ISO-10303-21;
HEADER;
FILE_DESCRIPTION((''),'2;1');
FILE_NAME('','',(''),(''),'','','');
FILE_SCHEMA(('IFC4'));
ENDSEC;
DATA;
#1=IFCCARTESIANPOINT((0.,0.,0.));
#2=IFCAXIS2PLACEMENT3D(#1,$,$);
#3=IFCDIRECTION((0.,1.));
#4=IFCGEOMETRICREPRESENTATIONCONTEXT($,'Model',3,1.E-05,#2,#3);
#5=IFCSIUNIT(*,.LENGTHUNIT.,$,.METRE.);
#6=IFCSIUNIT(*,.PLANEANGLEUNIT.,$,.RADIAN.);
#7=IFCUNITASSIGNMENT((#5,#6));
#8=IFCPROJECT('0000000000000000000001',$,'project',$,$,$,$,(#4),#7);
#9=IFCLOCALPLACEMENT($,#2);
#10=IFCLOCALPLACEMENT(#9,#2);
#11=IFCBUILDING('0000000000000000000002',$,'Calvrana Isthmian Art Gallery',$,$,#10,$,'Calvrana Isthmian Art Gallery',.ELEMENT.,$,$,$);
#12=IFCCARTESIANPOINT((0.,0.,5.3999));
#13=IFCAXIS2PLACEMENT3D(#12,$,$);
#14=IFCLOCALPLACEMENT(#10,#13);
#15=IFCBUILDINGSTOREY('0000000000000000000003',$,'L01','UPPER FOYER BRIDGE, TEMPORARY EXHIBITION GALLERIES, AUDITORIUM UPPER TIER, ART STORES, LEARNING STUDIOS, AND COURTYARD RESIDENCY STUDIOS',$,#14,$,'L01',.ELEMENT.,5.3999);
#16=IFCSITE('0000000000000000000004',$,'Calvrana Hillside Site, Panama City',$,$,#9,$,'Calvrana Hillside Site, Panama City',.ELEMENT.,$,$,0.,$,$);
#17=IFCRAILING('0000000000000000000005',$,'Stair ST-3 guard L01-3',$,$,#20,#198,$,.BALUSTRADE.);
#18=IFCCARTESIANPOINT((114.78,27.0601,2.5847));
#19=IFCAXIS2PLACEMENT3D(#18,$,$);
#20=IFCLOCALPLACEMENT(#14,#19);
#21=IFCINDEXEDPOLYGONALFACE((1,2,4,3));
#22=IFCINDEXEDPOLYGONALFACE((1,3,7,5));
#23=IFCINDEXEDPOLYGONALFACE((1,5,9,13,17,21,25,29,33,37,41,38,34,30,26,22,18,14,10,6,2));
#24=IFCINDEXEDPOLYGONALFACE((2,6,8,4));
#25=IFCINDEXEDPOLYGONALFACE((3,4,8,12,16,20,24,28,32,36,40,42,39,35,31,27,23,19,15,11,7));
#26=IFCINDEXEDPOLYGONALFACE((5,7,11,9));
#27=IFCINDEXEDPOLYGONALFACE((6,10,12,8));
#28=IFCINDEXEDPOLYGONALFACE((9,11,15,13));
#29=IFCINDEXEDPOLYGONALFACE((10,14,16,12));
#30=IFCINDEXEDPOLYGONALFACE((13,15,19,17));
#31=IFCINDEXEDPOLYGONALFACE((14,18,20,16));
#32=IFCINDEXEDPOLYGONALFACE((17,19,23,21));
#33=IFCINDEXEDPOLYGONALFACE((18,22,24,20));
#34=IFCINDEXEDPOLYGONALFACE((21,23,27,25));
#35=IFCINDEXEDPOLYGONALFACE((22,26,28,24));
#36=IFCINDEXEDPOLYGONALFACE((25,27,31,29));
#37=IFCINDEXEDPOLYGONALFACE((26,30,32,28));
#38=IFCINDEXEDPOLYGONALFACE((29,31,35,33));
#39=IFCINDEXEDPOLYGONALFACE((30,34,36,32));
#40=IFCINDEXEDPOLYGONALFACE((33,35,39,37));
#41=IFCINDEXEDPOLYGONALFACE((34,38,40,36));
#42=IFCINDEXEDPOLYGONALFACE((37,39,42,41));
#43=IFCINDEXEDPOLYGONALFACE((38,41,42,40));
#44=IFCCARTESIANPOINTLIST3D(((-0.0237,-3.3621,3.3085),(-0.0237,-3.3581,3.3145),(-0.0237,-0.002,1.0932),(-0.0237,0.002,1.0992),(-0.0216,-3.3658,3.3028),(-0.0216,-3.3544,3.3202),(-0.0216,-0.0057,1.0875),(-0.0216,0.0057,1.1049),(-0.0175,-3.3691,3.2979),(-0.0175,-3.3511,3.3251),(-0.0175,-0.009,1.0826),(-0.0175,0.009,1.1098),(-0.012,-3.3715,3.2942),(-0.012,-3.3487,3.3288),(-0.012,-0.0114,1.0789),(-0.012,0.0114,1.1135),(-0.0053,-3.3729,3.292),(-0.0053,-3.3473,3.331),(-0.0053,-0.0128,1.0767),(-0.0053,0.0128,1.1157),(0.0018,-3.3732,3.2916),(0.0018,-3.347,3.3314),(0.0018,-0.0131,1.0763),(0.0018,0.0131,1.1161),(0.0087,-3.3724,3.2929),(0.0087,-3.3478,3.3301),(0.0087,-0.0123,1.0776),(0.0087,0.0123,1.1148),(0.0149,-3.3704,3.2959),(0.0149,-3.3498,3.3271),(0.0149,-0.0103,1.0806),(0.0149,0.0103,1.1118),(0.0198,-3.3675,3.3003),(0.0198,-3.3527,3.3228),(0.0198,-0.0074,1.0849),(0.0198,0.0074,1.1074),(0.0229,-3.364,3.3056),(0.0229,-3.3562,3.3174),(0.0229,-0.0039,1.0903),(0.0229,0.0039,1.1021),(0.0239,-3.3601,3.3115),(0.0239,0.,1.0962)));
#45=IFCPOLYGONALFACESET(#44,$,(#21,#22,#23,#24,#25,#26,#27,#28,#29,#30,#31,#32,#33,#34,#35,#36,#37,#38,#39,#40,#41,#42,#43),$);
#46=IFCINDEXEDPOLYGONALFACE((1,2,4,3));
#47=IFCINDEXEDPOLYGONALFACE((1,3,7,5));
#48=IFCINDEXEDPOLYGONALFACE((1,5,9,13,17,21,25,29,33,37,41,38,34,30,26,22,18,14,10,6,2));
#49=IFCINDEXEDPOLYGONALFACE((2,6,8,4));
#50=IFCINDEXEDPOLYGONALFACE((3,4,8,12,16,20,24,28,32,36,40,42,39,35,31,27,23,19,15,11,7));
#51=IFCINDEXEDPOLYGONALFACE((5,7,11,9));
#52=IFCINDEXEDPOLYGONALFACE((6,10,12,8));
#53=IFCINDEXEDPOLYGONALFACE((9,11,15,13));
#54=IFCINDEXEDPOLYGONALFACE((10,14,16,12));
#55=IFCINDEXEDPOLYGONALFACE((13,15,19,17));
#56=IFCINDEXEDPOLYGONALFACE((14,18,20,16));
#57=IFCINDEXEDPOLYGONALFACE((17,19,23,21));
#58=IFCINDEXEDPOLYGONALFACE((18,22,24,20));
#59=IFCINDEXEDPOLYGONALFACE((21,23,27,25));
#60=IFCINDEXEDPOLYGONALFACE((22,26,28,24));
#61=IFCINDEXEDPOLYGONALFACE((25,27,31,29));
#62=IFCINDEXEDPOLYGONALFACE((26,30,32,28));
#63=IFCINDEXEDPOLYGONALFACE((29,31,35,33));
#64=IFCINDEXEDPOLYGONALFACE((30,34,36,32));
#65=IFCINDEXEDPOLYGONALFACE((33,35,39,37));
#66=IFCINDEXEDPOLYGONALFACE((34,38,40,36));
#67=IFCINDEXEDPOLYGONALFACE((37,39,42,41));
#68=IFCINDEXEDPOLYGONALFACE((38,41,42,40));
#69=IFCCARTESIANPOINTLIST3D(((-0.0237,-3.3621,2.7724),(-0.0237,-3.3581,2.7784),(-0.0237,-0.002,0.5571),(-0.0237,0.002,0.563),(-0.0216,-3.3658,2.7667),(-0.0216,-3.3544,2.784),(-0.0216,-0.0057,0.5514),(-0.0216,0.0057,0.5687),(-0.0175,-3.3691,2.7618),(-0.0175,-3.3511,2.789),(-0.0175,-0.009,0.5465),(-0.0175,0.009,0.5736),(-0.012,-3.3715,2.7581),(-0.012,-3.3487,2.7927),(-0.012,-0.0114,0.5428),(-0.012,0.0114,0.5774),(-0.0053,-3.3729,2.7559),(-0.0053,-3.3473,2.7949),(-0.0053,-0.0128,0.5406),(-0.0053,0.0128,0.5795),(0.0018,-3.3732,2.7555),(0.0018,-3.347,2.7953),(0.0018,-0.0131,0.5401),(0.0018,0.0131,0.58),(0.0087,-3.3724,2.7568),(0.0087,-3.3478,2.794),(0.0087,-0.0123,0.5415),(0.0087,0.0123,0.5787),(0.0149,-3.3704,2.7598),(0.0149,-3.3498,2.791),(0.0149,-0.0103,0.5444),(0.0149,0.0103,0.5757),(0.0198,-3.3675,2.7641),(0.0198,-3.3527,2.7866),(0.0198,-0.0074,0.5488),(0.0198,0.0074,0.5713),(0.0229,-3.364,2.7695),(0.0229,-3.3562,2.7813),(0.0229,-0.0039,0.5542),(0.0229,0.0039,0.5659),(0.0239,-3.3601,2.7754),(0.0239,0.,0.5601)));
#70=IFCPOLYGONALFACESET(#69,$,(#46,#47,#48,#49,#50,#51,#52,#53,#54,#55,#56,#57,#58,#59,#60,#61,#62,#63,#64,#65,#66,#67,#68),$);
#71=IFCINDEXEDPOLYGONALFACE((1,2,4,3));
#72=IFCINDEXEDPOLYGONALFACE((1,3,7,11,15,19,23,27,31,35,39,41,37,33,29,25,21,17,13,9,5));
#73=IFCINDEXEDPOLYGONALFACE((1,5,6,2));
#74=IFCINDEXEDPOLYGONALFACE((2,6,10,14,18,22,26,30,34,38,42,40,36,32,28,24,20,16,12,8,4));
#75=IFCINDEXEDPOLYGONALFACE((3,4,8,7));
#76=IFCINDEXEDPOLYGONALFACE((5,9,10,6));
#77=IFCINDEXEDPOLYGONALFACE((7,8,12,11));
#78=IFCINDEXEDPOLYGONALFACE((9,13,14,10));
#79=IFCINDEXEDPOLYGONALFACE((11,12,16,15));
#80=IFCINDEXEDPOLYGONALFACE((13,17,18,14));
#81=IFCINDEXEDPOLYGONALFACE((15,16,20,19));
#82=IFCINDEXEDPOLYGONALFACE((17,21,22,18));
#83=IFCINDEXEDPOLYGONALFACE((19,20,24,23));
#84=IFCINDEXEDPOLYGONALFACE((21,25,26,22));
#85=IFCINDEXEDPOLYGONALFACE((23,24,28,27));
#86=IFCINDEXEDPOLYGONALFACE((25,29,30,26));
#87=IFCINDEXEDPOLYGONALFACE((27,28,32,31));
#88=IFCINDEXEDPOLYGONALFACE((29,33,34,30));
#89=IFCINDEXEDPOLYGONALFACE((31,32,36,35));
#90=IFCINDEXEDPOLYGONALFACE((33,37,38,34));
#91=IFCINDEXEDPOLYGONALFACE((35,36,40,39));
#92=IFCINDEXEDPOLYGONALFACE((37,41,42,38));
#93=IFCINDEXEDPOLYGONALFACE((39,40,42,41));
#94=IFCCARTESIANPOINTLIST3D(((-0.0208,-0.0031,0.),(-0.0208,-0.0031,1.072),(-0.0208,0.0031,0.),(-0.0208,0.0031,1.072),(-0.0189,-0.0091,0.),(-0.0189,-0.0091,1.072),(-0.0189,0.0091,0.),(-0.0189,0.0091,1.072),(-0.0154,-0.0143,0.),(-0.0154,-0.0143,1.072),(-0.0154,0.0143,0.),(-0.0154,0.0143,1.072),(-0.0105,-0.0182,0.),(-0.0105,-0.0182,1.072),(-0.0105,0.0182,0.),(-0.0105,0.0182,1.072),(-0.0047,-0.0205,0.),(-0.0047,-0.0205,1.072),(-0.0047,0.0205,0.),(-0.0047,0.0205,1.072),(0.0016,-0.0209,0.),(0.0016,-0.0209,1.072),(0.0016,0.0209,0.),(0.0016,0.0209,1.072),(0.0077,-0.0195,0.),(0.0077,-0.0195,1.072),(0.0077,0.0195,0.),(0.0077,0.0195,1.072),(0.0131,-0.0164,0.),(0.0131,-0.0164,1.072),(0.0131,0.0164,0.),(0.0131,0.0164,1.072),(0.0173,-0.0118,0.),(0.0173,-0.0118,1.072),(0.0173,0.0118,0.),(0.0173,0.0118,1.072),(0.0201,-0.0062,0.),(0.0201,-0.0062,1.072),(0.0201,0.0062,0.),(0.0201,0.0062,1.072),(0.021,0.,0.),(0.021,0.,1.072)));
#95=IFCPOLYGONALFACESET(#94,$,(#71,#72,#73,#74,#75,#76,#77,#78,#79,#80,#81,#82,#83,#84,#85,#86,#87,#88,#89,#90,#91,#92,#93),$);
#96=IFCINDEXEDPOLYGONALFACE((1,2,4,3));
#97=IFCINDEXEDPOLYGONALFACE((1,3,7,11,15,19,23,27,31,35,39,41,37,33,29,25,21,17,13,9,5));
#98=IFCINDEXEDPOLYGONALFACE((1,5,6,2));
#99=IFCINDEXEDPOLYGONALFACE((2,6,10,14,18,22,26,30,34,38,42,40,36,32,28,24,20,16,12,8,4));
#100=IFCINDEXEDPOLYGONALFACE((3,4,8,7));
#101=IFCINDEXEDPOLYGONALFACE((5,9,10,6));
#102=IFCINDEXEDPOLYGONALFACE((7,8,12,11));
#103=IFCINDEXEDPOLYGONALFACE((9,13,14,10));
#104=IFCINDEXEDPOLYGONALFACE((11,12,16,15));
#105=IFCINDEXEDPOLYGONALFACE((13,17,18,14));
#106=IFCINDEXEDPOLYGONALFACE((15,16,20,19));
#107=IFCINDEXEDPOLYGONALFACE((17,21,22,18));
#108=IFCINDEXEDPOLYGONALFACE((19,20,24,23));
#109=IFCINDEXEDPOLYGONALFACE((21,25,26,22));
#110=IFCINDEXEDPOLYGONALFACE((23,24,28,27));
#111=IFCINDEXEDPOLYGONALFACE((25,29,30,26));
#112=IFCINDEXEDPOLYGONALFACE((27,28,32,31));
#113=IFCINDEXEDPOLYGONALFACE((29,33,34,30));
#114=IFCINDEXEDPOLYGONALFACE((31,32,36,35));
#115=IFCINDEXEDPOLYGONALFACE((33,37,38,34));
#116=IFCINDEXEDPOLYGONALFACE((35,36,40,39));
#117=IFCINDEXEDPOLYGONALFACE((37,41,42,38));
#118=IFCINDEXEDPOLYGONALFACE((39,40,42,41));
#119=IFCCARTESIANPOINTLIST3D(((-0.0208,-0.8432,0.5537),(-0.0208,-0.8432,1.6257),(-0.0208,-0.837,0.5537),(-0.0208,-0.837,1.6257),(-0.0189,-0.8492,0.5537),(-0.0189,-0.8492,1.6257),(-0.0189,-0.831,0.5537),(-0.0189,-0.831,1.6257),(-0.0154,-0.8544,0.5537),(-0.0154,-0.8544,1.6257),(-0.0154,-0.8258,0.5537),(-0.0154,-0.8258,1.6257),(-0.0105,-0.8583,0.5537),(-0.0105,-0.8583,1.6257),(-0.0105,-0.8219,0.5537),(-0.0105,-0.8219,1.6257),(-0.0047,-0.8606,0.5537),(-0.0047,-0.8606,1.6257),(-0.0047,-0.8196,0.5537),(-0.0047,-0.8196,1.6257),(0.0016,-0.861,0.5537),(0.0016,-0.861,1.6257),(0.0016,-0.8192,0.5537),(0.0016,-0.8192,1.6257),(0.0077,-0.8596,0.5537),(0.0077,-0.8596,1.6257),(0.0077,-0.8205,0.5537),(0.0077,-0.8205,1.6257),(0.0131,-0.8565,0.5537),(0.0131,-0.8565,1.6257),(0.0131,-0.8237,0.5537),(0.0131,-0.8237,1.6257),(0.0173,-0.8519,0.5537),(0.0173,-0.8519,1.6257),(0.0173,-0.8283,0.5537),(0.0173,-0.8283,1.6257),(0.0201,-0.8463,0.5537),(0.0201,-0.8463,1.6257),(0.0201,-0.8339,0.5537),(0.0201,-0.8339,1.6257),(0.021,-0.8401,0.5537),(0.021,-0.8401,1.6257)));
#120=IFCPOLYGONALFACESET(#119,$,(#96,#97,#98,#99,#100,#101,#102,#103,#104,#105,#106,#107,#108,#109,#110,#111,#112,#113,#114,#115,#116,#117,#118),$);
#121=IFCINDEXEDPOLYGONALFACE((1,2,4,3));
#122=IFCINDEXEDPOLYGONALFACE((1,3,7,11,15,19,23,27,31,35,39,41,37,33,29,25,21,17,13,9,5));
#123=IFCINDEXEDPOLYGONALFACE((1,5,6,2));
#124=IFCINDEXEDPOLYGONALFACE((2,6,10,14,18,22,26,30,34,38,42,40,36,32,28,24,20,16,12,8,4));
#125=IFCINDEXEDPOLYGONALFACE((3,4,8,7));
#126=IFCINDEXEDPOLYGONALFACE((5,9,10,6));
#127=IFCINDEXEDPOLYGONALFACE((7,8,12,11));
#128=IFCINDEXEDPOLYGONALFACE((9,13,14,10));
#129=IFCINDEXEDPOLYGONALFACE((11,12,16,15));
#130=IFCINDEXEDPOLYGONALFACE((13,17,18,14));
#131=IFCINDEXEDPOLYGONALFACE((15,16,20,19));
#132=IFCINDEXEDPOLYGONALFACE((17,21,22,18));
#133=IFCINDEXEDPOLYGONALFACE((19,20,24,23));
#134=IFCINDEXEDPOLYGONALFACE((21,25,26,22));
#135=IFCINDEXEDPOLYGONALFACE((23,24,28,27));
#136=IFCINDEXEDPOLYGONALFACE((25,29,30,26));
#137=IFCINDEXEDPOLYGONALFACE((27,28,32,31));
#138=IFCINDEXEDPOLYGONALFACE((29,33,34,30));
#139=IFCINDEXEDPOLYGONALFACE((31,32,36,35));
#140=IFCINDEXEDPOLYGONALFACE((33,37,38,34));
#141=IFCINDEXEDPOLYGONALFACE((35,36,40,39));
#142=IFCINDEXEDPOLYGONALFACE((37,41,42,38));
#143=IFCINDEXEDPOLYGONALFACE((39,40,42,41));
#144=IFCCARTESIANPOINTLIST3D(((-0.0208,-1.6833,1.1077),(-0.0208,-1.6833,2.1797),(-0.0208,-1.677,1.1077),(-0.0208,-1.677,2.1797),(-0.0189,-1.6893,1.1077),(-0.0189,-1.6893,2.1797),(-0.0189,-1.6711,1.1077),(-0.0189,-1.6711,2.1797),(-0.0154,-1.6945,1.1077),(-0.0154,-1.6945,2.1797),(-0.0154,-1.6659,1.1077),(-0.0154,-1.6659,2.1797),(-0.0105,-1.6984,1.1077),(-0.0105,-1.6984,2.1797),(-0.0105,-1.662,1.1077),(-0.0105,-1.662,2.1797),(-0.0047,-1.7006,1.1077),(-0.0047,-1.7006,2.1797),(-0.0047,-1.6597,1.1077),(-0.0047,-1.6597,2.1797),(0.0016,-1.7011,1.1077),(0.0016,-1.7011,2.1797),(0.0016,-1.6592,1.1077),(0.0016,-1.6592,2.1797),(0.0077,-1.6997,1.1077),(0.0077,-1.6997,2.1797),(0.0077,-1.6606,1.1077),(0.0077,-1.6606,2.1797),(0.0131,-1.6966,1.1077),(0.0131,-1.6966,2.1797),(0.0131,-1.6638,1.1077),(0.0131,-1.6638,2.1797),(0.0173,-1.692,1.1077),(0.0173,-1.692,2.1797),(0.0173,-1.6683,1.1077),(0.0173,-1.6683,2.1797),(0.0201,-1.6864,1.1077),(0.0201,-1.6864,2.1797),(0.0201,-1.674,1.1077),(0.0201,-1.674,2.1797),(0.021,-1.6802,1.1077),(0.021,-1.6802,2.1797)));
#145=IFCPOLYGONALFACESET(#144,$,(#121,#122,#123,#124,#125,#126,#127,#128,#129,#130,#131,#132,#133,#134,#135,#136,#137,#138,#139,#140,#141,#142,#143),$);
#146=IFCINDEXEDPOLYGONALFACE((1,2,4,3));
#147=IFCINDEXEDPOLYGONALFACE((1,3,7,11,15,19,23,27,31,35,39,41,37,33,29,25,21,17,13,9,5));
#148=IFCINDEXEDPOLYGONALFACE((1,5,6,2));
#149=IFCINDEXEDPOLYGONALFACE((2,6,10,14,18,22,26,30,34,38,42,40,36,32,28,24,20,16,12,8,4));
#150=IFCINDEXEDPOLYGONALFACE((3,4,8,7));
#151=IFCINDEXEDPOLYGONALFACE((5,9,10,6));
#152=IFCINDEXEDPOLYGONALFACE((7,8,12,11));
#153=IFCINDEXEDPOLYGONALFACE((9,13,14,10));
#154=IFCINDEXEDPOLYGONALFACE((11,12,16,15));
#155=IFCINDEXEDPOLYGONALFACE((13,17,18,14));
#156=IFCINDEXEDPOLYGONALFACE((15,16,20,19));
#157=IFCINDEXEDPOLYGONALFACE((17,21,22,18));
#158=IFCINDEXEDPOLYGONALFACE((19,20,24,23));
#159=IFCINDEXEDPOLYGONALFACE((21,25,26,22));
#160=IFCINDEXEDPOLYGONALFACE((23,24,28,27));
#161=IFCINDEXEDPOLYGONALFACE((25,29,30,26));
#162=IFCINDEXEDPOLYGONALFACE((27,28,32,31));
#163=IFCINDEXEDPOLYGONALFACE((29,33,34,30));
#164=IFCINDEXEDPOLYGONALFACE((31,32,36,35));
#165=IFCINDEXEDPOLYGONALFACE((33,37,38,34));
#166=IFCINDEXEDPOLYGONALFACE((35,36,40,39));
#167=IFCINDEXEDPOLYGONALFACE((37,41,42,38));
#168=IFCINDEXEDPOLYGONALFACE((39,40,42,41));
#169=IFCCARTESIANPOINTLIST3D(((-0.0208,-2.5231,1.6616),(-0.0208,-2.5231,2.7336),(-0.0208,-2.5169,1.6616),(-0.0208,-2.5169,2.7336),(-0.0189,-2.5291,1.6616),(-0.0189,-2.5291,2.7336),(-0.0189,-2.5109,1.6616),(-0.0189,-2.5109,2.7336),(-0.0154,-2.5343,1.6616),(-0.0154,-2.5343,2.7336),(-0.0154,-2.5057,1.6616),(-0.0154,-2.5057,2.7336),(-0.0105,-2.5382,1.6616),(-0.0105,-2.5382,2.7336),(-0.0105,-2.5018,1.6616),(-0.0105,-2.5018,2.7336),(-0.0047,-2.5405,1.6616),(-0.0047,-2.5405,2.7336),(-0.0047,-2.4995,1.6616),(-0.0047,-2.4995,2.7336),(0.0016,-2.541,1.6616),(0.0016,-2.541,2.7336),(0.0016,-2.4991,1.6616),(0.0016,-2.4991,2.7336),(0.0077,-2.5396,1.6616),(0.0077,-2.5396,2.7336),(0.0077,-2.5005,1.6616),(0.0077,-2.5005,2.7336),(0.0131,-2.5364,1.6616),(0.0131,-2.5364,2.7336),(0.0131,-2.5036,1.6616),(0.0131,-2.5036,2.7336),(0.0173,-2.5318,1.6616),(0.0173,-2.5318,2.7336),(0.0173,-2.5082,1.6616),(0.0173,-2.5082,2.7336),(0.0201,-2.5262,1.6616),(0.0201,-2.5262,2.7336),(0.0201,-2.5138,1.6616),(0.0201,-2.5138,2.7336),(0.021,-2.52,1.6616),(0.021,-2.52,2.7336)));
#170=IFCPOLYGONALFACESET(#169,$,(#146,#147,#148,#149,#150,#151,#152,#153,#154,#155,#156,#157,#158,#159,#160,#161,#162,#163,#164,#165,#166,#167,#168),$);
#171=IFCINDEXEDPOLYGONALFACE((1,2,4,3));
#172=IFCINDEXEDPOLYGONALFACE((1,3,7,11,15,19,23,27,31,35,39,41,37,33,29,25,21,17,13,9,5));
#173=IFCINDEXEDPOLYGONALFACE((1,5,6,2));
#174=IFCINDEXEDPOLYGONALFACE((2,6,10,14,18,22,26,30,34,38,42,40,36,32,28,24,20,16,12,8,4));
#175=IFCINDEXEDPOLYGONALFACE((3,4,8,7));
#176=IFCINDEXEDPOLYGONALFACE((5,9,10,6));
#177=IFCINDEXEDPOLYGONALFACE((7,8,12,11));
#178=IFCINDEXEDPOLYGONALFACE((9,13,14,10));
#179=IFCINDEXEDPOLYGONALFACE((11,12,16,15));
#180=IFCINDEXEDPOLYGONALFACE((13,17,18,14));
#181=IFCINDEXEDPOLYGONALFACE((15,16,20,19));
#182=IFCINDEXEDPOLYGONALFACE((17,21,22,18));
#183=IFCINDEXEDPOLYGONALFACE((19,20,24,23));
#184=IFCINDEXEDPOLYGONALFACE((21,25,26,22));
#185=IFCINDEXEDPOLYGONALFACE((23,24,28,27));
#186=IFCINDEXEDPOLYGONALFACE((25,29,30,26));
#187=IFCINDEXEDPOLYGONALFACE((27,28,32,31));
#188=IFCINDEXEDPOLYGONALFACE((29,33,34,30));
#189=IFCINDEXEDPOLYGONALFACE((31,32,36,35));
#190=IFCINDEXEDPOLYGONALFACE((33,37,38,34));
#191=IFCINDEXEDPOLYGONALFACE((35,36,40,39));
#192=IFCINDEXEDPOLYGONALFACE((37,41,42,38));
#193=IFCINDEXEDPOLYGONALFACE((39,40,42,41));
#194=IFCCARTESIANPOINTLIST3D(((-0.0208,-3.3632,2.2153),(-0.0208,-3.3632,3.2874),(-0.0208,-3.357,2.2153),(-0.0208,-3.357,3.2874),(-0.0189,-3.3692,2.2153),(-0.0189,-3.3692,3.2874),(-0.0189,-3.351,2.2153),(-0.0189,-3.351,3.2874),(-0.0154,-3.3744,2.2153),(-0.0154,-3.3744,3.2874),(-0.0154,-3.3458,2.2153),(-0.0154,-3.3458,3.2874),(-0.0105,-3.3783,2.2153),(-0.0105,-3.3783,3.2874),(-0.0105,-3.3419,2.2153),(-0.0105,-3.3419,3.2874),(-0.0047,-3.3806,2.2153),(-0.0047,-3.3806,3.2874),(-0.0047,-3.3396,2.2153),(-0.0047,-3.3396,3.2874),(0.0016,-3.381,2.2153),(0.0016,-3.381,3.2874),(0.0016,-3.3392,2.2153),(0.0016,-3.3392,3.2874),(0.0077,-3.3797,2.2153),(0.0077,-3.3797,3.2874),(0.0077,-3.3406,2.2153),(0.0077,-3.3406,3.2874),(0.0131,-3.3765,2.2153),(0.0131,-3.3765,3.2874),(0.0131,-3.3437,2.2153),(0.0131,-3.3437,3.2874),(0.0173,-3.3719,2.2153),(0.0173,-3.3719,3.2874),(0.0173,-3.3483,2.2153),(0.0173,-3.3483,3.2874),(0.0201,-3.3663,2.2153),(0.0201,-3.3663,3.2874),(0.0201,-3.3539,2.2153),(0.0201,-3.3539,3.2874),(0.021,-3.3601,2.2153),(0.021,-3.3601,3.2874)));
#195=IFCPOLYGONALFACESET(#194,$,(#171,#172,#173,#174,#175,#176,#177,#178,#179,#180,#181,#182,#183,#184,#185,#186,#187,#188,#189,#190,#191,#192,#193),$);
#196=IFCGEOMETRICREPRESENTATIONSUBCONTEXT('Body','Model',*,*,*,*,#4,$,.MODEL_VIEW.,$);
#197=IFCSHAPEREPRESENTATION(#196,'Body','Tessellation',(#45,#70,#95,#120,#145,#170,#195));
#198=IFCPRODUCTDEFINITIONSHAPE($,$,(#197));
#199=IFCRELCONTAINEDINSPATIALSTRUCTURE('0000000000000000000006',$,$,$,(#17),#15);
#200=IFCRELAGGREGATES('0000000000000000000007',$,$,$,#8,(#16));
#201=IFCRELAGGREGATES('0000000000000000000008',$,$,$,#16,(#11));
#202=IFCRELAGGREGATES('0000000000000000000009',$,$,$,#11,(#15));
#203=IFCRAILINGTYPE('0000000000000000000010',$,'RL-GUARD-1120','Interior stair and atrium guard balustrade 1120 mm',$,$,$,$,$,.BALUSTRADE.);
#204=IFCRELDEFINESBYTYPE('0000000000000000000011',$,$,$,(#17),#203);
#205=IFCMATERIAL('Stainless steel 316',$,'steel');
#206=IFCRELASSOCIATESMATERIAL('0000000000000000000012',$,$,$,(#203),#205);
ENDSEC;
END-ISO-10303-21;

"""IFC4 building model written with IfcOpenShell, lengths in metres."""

from ifc_helpers import new_model, si_unit, direction, frame, origin, origin_2d, place, context, subcontext, project, spatial, circle, extrude, material, type_object, element, save


model = new_model("IFC4")

# Units and contexts
model_context = context("Model", 3, precision=1e-05, world=origin(), true_north=direction((0.0, 1.0)))
body_context = subcontext(model_context, "Body", "Model", "MODEL_VIEW")
ifc_project = project(units=[si_unit("LENGTHUNIT", "METRE"), si_unit("PLANEANGLEUNIT", "RADIAN")], contexts=[model_context])

# Site, building, storey
site_placement = place(None, origin())
site = spatial("IfcSite", under=ifc_project, at=site_placement, Name="Calvrana Hillside Site, Panama City", LongName="Calvrana Hillside Site, Panama City", CompositionType="ELEMENT", RefElevation=0.0)
building_placement = place(site_placement, origin())
building = spatial("IfcBuilding", under=site, at=building_placement, Name="Calvrana Isthmian Art Gallery", LongName="Calvrana Isthmian Art Gallery", CompositionType="ELEMENT")
storey_placement = place(building_placement, frame((0.0, 0.0, 5.3999)))
storey = spatial("IfcBuildingStorey", under=building, at=storey_placement, Name="L01", Description="UPPER FOYER BRIDGE, TEMPORARY EXHIBITION GALLERIES, AUDITORIUM UPPER TIER, ART STORES, LEARNING STUDIOS, AND COURTYARD RESIDENCY STUDIOS", LongName="L01", CompositionType="ELEMENT", Elevation=5.3999)

# Railing
ifc_material_1 = material(Name="Stainless steel 316", Category="steel")
railing_type_1 = type_object("IfcRailingType", Name="RL-GUARD-1120", Description="Interior stair and atrium guard balustrade 1120 mm", PredefinedType="BALUSTRADE", material=ifc_material_1)
railing_1_placement = place(storey_placement, frame((114.78, 27.0601, 2.5847)))
element("IfcRailing", 1, at=railing_1_placement, inside=storey, type_object=railing_type_1, Name="Stair ST-3 guard L01-3", PredefinedType="BALUSTRADE", context=body_context, shape_type="SweptSolid", body=[
    extrude(circle(Radius=0.0239, at=origin_2d()), frame((0.0, 0.0, 1.0962), z_axis=(0.0, -0.834876, 0.550437), x_axis=(1.0, 0.0, 0.0)), (0.0, 0.0, 1.0), 4.0247),
    extrude(circle(Radius=0.0239, at=origin_2d()), frame((0.0, 0.0, 0.5601), z_axis=(0.0, -0.834876, 0.550437), x_axis=(1.0, 0.0, 0.0)), (0.0, 0.0, 1.0), 4.0247),
    extrude(circle(Radius=0.021, at=origin_2d()), origin(), (0.0, 0.0, 1.0), 1.072),
    extrude(circle(Radius=0.021, at=origin_2d()), frame((0.0, -0.8401, 0.5537)), (0.0, 0.0, 1.0), 1.072),
    extrude(circle(Radius=0.021, at=origin_2d()), frame((0.0, -1.6802, 1.1077)), (0.0, 0.0, 1.0), 1.072),
    extrude(circle(Radius=0.021, at=origin_2d()), frame((0.0, -2.52, 1.6616)), (0.0, 0.0, 1.0), 1.072),
    extrude(circle(Radius=0.021, at=origin_2d()), frame((0.0, -3.3601, 2.2153)), (0.0, 0.0, 1.0), 1.072),
])

save(model, "model.ifc")
